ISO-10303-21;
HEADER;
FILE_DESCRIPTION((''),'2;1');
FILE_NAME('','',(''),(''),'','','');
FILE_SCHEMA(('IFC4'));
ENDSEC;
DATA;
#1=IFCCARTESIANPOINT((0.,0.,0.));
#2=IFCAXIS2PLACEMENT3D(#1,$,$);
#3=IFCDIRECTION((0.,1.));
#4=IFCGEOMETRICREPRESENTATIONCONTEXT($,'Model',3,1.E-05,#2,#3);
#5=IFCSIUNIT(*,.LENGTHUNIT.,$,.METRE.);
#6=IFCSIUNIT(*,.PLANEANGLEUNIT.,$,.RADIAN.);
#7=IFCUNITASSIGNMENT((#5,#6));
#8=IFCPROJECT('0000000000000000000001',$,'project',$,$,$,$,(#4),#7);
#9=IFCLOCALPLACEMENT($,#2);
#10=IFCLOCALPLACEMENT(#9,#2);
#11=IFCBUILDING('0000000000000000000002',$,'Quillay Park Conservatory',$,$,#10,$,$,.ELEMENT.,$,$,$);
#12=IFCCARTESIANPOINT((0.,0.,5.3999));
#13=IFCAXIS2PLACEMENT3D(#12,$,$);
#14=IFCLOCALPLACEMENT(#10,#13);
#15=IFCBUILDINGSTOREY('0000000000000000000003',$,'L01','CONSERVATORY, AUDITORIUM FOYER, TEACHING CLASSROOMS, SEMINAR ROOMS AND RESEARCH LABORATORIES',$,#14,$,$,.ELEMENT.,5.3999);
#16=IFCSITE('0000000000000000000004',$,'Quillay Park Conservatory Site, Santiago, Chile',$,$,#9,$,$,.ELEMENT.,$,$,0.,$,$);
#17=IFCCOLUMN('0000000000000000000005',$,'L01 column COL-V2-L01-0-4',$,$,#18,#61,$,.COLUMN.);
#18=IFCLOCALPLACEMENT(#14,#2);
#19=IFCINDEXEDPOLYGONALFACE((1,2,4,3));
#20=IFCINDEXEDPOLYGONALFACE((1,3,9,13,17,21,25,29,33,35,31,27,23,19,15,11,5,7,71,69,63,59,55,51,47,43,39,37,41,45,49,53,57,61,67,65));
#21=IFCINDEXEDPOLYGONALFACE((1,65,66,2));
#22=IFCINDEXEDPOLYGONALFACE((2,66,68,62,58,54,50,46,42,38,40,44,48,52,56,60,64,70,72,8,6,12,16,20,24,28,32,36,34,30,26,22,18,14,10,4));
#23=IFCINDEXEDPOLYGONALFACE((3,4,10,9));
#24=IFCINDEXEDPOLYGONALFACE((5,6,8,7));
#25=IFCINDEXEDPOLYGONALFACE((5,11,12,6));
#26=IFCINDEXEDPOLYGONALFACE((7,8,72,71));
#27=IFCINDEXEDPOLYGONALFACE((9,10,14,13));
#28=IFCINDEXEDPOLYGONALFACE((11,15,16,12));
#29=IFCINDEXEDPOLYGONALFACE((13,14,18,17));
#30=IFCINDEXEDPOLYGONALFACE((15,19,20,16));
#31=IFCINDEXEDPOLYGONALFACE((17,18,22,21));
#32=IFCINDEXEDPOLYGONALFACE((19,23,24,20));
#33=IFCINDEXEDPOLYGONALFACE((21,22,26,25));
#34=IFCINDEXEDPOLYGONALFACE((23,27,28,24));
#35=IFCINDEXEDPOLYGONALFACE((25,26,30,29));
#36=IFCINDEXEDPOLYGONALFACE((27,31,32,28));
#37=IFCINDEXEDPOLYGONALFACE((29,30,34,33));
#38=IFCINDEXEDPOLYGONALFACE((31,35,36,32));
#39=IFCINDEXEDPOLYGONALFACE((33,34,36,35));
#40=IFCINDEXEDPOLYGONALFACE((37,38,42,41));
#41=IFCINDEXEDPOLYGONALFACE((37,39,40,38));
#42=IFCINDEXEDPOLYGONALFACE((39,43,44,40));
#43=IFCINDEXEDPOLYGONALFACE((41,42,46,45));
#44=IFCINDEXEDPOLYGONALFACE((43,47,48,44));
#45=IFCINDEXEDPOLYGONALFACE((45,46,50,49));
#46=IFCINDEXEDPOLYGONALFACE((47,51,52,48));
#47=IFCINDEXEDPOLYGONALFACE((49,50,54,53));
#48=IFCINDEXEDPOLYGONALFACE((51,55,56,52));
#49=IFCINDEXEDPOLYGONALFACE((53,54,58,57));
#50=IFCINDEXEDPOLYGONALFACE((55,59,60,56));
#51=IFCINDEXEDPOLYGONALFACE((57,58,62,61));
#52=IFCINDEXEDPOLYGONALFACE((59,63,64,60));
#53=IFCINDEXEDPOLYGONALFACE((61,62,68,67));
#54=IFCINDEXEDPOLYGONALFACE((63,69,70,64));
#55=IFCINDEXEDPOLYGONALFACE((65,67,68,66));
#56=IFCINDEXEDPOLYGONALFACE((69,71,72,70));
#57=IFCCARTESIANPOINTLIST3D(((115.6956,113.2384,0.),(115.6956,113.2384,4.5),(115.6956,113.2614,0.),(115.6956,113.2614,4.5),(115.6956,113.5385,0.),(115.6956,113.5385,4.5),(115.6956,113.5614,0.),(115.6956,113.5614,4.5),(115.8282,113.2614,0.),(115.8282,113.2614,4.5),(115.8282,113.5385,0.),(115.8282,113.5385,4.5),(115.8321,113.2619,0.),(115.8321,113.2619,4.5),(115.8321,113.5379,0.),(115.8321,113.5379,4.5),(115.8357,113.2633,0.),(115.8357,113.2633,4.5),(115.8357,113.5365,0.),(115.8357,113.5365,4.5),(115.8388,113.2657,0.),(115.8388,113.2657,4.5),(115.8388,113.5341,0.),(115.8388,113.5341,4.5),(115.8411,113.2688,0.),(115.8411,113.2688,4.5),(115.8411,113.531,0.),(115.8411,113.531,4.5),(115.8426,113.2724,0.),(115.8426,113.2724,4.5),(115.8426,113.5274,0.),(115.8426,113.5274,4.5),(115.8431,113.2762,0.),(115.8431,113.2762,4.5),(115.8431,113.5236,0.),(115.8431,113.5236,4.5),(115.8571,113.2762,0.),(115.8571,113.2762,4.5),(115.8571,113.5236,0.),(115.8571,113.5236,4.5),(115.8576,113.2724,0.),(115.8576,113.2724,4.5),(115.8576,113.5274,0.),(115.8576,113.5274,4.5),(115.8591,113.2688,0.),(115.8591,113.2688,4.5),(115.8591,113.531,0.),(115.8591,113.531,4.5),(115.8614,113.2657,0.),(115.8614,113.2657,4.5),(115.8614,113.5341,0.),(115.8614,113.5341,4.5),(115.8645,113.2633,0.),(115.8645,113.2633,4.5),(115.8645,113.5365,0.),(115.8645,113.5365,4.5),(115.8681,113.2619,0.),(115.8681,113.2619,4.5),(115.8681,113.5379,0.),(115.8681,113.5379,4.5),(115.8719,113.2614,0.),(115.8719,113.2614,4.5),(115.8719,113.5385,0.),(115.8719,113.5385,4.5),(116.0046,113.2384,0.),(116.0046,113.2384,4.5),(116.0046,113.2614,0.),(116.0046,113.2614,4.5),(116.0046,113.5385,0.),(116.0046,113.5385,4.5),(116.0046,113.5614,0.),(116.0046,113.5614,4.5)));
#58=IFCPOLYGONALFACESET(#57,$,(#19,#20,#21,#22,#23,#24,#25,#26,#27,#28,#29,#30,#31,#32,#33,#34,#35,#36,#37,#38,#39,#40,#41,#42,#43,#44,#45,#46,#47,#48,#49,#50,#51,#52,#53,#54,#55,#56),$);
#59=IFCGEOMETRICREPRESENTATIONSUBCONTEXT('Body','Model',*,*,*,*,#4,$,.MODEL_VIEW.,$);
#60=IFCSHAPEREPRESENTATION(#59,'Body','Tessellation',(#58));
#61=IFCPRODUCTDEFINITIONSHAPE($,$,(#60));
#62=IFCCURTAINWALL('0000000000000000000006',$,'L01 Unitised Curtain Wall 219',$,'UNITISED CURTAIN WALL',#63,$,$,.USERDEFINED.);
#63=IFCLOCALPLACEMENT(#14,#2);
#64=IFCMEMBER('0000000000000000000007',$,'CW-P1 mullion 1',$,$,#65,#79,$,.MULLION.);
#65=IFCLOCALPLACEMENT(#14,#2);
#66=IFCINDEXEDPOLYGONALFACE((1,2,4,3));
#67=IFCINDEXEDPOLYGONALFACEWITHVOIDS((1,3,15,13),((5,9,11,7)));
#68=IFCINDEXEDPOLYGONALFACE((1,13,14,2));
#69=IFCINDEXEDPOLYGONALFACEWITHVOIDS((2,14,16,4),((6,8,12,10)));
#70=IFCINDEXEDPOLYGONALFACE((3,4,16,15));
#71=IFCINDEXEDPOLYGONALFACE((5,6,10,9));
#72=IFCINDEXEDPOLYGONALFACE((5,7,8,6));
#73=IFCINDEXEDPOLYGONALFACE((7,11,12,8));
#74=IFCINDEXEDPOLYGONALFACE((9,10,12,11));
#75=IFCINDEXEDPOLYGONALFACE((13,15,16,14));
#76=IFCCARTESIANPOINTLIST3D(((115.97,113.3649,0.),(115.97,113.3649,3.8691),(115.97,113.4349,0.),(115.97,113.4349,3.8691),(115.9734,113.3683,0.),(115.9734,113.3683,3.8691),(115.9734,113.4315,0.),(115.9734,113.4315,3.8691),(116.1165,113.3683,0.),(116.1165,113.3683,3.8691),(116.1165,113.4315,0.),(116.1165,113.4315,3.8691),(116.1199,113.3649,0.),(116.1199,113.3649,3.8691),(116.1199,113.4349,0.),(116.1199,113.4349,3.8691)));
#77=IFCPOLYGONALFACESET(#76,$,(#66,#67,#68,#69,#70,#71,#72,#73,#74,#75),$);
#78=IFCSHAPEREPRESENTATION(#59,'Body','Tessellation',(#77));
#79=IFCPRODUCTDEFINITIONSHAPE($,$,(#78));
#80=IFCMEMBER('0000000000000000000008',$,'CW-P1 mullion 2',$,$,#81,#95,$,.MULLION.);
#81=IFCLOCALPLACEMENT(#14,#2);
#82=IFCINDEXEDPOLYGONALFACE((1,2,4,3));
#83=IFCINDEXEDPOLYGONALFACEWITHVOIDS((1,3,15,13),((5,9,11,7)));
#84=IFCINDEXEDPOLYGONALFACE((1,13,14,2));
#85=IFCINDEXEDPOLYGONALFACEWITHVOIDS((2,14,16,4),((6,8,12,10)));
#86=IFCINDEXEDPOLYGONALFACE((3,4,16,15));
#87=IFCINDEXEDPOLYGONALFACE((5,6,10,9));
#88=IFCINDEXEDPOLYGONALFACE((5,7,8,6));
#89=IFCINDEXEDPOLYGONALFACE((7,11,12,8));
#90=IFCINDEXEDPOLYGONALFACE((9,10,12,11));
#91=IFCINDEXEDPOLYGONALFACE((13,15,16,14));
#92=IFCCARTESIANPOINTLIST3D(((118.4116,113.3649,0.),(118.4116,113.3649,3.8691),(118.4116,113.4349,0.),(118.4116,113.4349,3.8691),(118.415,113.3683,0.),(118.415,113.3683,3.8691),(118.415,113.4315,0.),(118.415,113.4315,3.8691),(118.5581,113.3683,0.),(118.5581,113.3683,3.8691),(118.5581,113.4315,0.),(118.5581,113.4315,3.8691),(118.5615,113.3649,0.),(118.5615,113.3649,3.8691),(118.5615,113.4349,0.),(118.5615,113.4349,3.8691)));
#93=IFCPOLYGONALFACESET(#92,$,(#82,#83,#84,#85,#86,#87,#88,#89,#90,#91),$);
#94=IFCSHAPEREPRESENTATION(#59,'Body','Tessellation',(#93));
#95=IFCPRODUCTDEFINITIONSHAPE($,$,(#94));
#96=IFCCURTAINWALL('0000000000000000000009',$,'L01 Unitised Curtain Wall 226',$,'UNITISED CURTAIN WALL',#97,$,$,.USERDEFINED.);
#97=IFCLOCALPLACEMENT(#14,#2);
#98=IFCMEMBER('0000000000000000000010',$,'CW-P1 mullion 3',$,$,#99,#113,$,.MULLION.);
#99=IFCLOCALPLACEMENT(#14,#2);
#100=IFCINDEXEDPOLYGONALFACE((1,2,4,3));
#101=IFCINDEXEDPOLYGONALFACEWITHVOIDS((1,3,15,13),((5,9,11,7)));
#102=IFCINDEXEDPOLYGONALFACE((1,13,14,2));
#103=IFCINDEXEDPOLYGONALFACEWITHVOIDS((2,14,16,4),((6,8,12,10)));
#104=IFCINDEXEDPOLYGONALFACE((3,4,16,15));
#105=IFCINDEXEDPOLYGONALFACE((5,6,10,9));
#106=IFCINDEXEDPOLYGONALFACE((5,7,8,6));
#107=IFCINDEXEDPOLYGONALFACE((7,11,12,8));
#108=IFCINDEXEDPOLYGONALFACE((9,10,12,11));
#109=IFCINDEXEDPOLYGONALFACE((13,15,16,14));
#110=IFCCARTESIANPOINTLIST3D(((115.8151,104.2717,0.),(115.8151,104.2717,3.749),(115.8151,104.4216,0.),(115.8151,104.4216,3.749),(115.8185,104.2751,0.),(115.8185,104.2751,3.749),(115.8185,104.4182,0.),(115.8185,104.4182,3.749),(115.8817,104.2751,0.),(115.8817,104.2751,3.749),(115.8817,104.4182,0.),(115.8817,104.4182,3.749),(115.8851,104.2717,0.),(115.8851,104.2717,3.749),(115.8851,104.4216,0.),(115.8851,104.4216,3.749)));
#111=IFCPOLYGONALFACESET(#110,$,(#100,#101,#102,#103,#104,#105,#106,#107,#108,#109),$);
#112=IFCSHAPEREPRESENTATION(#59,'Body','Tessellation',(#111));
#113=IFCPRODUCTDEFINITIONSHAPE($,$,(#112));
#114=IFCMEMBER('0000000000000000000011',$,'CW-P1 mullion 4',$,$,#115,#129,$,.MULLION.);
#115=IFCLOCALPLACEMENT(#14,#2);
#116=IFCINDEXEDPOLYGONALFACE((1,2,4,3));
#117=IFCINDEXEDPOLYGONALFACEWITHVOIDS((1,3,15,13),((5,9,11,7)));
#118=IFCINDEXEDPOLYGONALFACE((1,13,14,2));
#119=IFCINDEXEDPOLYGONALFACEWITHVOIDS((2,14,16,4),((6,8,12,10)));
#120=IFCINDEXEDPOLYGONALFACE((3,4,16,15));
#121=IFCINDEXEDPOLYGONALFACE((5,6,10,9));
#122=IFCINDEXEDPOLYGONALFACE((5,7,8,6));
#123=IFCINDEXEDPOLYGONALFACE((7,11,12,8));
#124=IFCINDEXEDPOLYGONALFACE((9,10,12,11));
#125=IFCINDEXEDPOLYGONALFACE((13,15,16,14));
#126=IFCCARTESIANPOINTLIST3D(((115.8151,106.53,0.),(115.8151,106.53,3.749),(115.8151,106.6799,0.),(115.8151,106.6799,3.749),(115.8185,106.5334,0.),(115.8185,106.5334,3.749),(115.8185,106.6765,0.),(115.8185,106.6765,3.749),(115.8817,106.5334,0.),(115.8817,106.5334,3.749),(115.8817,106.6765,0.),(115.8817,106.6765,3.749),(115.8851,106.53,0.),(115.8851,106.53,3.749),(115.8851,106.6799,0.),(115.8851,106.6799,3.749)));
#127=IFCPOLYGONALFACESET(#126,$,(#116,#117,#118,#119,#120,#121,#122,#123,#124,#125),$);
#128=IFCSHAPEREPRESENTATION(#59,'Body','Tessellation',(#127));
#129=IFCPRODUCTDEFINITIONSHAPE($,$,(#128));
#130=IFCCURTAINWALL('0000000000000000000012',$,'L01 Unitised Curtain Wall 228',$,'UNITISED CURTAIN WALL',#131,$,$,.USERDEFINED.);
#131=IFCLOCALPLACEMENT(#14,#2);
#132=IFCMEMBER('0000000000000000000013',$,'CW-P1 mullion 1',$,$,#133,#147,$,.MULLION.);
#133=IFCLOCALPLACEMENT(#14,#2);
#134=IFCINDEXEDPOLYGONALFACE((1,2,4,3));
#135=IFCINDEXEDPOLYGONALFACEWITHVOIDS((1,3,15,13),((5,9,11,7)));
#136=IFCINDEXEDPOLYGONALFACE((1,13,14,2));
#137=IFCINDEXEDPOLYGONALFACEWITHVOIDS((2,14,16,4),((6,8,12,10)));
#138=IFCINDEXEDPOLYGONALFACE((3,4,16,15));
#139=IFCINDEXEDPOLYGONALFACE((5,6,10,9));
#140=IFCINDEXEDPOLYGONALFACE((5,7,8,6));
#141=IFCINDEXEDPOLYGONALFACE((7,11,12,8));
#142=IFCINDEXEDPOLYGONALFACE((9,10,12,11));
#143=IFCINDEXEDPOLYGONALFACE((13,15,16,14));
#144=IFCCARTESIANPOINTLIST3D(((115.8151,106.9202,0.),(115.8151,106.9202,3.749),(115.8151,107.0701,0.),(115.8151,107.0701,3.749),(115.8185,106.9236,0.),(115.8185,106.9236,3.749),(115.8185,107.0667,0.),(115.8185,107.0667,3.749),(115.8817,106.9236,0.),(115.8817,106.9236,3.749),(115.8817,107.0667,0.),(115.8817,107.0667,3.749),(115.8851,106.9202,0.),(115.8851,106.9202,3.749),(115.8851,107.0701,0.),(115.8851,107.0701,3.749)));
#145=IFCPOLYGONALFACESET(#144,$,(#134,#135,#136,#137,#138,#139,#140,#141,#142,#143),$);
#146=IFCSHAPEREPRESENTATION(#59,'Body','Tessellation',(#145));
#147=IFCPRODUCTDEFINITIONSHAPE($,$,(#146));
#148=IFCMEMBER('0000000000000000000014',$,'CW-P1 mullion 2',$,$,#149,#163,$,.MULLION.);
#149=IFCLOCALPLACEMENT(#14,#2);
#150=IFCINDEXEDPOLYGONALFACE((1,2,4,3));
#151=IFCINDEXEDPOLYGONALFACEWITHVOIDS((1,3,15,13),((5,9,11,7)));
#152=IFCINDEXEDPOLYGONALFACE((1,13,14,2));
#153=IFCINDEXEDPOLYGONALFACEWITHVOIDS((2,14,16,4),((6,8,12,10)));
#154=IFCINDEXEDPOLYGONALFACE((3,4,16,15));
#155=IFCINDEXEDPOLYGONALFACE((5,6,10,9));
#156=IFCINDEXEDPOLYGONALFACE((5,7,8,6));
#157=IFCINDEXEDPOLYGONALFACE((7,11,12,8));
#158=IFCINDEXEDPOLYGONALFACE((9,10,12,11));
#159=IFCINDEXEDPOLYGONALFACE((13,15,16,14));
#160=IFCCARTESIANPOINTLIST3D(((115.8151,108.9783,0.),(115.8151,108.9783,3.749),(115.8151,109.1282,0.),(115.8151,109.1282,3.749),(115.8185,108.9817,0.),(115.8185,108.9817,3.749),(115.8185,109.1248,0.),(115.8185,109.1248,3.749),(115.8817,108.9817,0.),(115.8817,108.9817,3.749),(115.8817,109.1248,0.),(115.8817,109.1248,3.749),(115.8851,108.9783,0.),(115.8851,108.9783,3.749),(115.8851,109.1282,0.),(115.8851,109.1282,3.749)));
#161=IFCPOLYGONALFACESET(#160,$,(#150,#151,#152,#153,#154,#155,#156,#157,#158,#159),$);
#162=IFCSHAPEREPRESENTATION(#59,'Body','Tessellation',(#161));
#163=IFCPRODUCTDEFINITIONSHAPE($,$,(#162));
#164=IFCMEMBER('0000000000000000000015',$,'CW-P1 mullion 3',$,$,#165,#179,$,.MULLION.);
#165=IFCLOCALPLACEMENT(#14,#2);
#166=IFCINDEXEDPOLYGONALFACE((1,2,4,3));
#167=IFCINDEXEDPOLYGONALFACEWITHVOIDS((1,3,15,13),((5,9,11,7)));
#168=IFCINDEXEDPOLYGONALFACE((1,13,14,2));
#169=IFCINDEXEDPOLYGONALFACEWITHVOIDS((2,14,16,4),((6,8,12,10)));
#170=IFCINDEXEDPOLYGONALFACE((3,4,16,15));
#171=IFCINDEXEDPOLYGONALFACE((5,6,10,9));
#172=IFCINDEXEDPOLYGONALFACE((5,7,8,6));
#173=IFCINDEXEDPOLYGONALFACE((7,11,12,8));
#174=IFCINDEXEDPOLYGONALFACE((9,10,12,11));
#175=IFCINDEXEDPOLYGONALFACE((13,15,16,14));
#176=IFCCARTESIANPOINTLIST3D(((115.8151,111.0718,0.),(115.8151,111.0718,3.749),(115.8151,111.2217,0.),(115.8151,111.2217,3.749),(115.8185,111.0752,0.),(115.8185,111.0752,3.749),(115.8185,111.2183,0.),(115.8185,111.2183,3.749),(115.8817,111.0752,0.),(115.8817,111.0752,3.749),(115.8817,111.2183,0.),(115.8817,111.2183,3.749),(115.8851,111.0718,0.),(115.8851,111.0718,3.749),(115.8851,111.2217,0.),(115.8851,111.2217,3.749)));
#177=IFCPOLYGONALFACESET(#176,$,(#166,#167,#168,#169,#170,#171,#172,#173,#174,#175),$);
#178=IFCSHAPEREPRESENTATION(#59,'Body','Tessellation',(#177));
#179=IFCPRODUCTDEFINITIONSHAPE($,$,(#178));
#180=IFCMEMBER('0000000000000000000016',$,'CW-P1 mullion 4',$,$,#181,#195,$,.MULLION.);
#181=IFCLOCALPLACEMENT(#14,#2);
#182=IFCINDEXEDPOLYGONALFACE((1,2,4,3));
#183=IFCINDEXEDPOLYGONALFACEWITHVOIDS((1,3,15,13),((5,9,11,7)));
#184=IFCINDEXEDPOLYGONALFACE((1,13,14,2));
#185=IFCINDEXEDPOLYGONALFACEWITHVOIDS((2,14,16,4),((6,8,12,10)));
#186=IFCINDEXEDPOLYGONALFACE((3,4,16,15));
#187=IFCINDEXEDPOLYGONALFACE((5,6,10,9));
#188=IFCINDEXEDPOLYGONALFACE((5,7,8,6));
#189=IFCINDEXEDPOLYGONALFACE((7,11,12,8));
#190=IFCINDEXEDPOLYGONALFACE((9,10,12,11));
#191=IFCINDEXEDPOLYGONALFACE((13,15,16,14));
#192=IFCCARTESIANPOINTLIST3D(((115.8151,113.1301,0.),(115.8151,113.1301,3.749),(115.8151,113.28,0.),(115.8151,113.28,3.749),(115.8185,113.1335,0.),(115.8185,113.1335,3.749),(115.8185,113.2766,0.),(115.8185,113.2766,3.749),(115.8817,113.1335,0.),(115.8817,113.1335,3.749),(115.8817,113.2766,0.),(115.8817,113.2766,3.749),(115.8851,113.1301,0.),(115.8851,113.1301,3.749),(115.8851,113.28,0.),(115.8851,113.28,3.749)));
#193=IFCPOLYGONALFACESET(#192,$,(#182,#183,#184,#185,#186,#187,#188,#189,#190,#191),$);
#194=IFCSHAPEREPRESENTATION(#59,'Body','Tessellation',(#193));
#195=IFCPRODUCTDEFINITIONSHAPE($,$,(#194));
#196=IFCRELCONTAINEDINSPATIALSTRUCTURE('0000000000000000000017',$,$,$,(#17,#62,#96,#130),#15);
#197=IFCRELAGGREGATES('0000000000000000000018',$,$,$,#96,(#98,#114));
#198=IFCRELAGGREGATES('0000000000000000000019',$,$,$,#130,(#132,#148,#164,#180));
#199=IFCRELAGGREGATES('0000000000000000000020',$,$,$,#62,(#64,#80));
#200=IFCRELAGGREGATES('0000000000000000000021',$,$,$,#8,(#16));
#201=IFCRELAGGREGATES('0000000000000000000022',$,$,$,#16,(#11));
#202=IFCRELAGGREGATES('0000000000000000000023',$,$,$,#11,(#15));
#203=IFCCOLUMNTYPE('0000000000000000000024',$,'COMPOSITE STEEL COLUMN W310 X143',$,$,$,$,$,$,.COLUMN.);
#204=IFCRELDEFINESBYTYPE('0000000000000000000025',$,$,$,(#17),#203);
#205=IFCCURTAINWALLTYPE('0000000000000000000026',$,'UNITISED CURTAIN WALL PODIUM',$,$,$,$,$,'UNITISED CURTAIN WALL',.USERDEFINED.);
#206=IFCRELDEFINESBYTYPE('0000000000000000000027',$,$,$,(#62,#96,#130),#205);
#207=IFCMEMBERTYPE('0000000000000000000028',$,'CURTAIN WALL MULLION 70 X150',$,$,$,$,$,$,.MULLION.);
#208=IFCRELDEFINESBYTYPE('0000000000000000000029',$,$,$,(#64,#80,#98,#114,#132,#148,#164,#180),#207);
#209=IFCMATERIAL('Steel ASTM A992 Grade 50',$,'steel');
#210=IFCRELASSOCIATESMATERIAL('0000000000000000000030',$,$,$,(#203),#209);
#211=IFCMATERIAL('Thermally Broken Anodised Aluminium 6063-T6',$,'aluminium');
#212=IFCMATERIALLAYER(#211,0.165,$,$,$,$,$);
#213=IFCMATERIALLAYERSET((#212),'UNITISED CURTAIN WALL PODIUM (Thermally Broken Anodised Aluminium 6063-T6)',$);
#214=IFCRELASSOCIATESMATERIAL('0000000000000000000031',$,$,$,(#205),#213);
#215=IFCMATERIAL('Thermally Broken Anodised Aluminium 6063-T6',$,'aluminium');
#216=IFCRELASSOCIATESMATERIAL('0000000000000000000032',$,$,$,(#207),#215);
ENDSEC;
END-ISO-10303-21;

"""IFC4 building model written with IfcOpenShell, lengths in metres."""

from ifc_helpers import new_model, si_unit, direction, frame, origin, origin_2d, place, context, subcontext, project, spatial, hollow_rectangle, i_section, extrude, material, layer, layer_set, material_profile, profile_set, type_object, element, aggregate, save


model = new_model("IFC4")

# Units and contexts
model_context = context("Model", 3, precision=1e-05, world=origin(), true_north=direction((0.0, 1.0)))
body_context = subcontext(model_context, "Body", "Model", "MODEL_VIEW")
ifc_project = project(units=[si_unit("LENGTHUNIT", "METRE"), si_unit("PLANEANGLEUNIT", "RADIAN")], contexts=[model_context])

# Site, building, storey
site_placement = place(None, origin())
site = spatial("IfcSite", under=ifc_project, at=site_placement, Name="Quillay Park Conservatory Site, Santiago, Chile", CompositionType="ELEMENT", RefElevation=0.0)
building_placement = place(site_placement, origin())
building = spatial("IfcBuilding", under=site, at=building_placement, Name="Quillay Park Conservatory", CompositionType="ELEMENT")
storey_placement = place(building_placement, frame((0.0, 0.0, 5.3999)))
storey = spatial("IfcBuildingStorey", under=building, at=storey_placement, Name="L01", Description="CONSERVATORY, AUDITORIUM FOYER, TEACHING CLASSROOMS, SEMINAR ROOMS AND RESEARCH LABORATORIES", CompositionType="ELEMENT", Elevation=5.3999)

# Column
ifc_material_1 = material(Name="Steel ASTM A992 Grade 50", Category="steel")
ifc_material_profile_1 = material_profile(ifc_material_1, i_section(OverallWidth=0.3091, OverallDepth=0.323, WebThickness=0.0139, FlangeThickness=0.0229, FilletRadius=0.0149, at=origin_2d()), Name="W310x143")
ifc_profile_set_1 = profile_set([ifc_material_profile_1], Name="Steel ASTM A992 Grade 50")
column_type_1 = type_object("IfcColumnType", Name="COMPOSITE STEEL COLUMN W310 X143", PredefinedType="COLUMN", material=ifc_profile_set_1)
for number, where, z_axis, x_axis, name in (
    (1, (115.8501, 113.3999, 0.0), (0.0, 0.0, 1.0), (1.0, 0.0, 0.0), "L01 column COL-V2-L01-0-4"),
):
    element("IfcColumn", number, at=place(storey_placement, frame(where, z_axis=z_axis, x_axis=x_axis)), inside=storey, type_object=column_type_1, Name=name, PredefinedType="COLUMN", context=body_context, shape_type="SweptSolid", body=[
        extrude(i_section(OverallWidth=0.3091, OverallDepth=0.323, WebThickness=0.0139, FlangeThickness=0.0229, FilletRadius=0.0149, at=origin_2d()), origin(), (0.0, 0.0, 1.0), 4.5),
    ])

# Curtain walls, members
ifc_material_2 = material(Name="Thermally Broken Anodised Aluminium 6063-T6", Category="aluminium")
ifc_layer_1 = layer(ifc_material_2, 0.165)
ifc_layer_set_1 = layer_set([ifc_layer_1], Name="UNITISED CURTAIN WALL PODIUM (Thermally Broken Anodised Aluminium 6063-T6)")
curtain_wall_type_1 = type_object("IfcCurtainWallType", Name="UNITISED CURTAIN WALL PODIUM", ElementType="UNITISED CURTAIN WALL", PredefinedType="USERDEFINED", material=ifc_layer_set_1)
curtain_wall_1_placement = place(storey_placement, origin())
curtain_wall_1 = element("IfcCurtainWall", 2, at=curtain_wall_1_placement, inside=storey, type_object=curtain_wall_type_1, Name="L01 Unitised Curtain Wall 219", ObjectType="UNITISED CURTAIN WALL", PredefinedType="USERDEFINED")
ifc_material_3 = material(Name="Thermally Broken Anodised Aluminium 6063-T6", Category="aluminium")
ifc_material_profile_2 = material_profile(ifc_material_3, hollow_rectangle(XDim=0.0701, YDim=0.1499, WallThickness=0.0034, at=origin_2d()), Name="AL70x150x3.5")
ifc_profile_set_2 = profile_set([ifc_material_profile_2], Name="Thermally Broken Anodised Aluminium 6063-T6")
member_type_1 = type_object("IfcMemberType", Name="CURTAIN WALL MULLION 70 X150", PredefinedType="MULLION", material=ifc_profile_set_2)
member_1_placement = place(storey_placement, frame((116.0449, 113.3999, 0.0), z_axis=(0.0, 0.0, 1.0), x_axis=(0.0, 1.0, 0.0)))
member_1 = element("IfcMember", 3, at=member_1_placement, type_object=member_type_1, Name="CW-P1 mullion 1", PredefinedType="MULLION", context=body_context, shape_type="SweptSolid", body=[
    extrude(hollow_rectangle(XDim=0.0701, YDim=0.1499, WallThickness=0.0034, at=origin_2d()), origin(), (0.0, 0.0, 1.0), 3.8691),
])
member_2_placement = place(storey_placement, frame((118.4866, 113.3999, 0.0), z_axis=(0.0, 0.0, 1.0), x_axis=(0.0, 1.0, 0.0)))
member_2 = element("IfcMember", 4, at=member_2_placement, type_object=member_type_1, Name="CW-P1 mullion 2", PredefinedType="MULLION", context=body_context, shape_type="SweptSolid", body=[
    extrude(hollow_rectangle(XDim=0.0701, YDim=0.1499, WallThickness=0.0034, at=origin_2d()), origin(), (0.0, 0.0, 1.0), 3.8691),
])
curtain_wall_2_placement = place(storey_placement, origin())
curtain_wall_2 = element("IfcCurtainWall", 5, at=curtain_wall_2_placement, inside=storey, type_object=curtain_wall_type_1, Name="L01 Unitised Curtain Wall 226", ObjectType="UNITISED CURTAIN WALL", PredefinedType="USERDEFINED")
member_3_placement = place(storey_placement, frame((115.8501, 104.3467, 0.0), z_axis=(0.0, 0.0, 1.0), x_axis=(-1.0, 0.0, 0.0)))
member_3 = element("IfcMember", 6, at=member_3_placement, type_object=member_type_1, Name="CW-P1 mullion 3", PredefinedType="MULLION", context=body_context, shape_type="SweptSolid", body=[
    extrude(hollow_rectangle(XDim=0.0701, YDim=0.1499, WallThickness=0.0034, at=origin_2d()), origin(), (0.0, 0.0, 1.0), 3.749),
])
member_4_placement = place(storey_placement, frame((115.8501, 106.605, 0.0), z_axis=(0.0, 0.0, 1.0), x_axis=(-1.0, 0.0, 0.0)))
member_4 = element("IfcMember", 7, at=member_4_placement, type_object=member_type_1, Name="CW-P1 mullion 4", PredefinedType="MULLION", context=body_context, shape_type="SweptSolid", body=[
    extrude(hollow_rectangle(XDim=0.0701, YDim=0.1499, WallThickness=0.0034, at=origin_2d()), origin(), (0.0, 0.0, 1.0), 3.749),
])
curtain_wall_3_placement = place(storey_placement, origin())
curtain_wall_3 = element("IfcCurtainWall", 8, at=curtain_wall_3_placement, inside=storey, type_object=curtain_wall_type_1, Name="L01 Unitised Curtain Wall 228", ObjectType="UNITISED CURTAIN WALL", PredefinedType="USERDEFINED")
member_5_placement = place(storey_placement, frame((115.8501, 106.9951, 0.0), z_axis=(0.0, 0.0, 1.0), x_axis=(-1.0, 0.0, 0.0)))
member_5 = element("IfcMember", 9, at=member_5_placement, type_object=member_type_1, Name="CW-P1 mullion 1", PredefinedType="MULLION", context=body_context, shape_type="SweptSolid", body=[
    extrude(hollow_rectangle(XDim=0.0701, YDim=0.1499, WallThickness=0.0034, at=origin_2d()), origin(), (0.0, 0.0, 1.0), 3.749),
])
member_6_placement = place(storey_placement, frame((115.8501, 109.0532, 0.0), z_axis=(0.0, 0.0, 1.0), x_axis=(-1.0, 0.0, 0.0)))
member_6 = element("IfcMember", 10, at=member_6_placement, type_object=member_type_1, Name="CW-P1 mullion 2", PredefinedType="MULLION", context=body_context, shape_type="SweptSolid", body=[
    extrude(hollow_rectangle(XDim=0.0701, YDim=0.1499, WallThickness=0.0034, at=origin_2d()), origin(), (0.0, 0.0, 1.0), 3.749),
])
member_7_placement = place(storey_placement, frame((115.8501, 111.1467, 0.0), z_axis=(0.0, 0.0, 1.0), x_axis=(-1.0, 0.0, 0.0)))
member_7 = element("IfcMember", 11, at=member_7_placement, type_object=member_type_1, Name="CW-P1 mullion 3", PredefinedType="MULLION", context=body_context, shape_type="SweptSolid", body=[
    extrude(hollow_rectangle(XDim=0.0701, YDim=0.1499, WallThickness=0.0034, at=origin_2d()), origin(), (0.0, 0.0, 1.0), 3.749),
])
member_8_placement = place(storey_placement, frame((115.8501, 113.2051, 0.0), z_axis=(0.0, 0.0, 1.0), x_axis=(-1.0, 0.0, 0.0)))
member_8 = element("IfcMember", 12, at=member_8_placement, type_object=member_type_1, Name="CW-P1 mullion 4", PredefinedType="MULLION", context=body_context, shape_type="SweptSolid", body=[
    extrude(hollow_rectangle(XDim=0.0701, YDim=0.1499, WallThickness=0.0034, at=origin_2d()), origin(), (0.0, 0.0, 1.0), 3.749),
])

aggregate(curtain_wall_2, [member_3, member_4])
aggregate(curtain_wall_3, [member_5, member_6, member_7, member_8])

aggregate(curtain_wall_1, [member_1, member_2])

save(model, "model.ifc")
